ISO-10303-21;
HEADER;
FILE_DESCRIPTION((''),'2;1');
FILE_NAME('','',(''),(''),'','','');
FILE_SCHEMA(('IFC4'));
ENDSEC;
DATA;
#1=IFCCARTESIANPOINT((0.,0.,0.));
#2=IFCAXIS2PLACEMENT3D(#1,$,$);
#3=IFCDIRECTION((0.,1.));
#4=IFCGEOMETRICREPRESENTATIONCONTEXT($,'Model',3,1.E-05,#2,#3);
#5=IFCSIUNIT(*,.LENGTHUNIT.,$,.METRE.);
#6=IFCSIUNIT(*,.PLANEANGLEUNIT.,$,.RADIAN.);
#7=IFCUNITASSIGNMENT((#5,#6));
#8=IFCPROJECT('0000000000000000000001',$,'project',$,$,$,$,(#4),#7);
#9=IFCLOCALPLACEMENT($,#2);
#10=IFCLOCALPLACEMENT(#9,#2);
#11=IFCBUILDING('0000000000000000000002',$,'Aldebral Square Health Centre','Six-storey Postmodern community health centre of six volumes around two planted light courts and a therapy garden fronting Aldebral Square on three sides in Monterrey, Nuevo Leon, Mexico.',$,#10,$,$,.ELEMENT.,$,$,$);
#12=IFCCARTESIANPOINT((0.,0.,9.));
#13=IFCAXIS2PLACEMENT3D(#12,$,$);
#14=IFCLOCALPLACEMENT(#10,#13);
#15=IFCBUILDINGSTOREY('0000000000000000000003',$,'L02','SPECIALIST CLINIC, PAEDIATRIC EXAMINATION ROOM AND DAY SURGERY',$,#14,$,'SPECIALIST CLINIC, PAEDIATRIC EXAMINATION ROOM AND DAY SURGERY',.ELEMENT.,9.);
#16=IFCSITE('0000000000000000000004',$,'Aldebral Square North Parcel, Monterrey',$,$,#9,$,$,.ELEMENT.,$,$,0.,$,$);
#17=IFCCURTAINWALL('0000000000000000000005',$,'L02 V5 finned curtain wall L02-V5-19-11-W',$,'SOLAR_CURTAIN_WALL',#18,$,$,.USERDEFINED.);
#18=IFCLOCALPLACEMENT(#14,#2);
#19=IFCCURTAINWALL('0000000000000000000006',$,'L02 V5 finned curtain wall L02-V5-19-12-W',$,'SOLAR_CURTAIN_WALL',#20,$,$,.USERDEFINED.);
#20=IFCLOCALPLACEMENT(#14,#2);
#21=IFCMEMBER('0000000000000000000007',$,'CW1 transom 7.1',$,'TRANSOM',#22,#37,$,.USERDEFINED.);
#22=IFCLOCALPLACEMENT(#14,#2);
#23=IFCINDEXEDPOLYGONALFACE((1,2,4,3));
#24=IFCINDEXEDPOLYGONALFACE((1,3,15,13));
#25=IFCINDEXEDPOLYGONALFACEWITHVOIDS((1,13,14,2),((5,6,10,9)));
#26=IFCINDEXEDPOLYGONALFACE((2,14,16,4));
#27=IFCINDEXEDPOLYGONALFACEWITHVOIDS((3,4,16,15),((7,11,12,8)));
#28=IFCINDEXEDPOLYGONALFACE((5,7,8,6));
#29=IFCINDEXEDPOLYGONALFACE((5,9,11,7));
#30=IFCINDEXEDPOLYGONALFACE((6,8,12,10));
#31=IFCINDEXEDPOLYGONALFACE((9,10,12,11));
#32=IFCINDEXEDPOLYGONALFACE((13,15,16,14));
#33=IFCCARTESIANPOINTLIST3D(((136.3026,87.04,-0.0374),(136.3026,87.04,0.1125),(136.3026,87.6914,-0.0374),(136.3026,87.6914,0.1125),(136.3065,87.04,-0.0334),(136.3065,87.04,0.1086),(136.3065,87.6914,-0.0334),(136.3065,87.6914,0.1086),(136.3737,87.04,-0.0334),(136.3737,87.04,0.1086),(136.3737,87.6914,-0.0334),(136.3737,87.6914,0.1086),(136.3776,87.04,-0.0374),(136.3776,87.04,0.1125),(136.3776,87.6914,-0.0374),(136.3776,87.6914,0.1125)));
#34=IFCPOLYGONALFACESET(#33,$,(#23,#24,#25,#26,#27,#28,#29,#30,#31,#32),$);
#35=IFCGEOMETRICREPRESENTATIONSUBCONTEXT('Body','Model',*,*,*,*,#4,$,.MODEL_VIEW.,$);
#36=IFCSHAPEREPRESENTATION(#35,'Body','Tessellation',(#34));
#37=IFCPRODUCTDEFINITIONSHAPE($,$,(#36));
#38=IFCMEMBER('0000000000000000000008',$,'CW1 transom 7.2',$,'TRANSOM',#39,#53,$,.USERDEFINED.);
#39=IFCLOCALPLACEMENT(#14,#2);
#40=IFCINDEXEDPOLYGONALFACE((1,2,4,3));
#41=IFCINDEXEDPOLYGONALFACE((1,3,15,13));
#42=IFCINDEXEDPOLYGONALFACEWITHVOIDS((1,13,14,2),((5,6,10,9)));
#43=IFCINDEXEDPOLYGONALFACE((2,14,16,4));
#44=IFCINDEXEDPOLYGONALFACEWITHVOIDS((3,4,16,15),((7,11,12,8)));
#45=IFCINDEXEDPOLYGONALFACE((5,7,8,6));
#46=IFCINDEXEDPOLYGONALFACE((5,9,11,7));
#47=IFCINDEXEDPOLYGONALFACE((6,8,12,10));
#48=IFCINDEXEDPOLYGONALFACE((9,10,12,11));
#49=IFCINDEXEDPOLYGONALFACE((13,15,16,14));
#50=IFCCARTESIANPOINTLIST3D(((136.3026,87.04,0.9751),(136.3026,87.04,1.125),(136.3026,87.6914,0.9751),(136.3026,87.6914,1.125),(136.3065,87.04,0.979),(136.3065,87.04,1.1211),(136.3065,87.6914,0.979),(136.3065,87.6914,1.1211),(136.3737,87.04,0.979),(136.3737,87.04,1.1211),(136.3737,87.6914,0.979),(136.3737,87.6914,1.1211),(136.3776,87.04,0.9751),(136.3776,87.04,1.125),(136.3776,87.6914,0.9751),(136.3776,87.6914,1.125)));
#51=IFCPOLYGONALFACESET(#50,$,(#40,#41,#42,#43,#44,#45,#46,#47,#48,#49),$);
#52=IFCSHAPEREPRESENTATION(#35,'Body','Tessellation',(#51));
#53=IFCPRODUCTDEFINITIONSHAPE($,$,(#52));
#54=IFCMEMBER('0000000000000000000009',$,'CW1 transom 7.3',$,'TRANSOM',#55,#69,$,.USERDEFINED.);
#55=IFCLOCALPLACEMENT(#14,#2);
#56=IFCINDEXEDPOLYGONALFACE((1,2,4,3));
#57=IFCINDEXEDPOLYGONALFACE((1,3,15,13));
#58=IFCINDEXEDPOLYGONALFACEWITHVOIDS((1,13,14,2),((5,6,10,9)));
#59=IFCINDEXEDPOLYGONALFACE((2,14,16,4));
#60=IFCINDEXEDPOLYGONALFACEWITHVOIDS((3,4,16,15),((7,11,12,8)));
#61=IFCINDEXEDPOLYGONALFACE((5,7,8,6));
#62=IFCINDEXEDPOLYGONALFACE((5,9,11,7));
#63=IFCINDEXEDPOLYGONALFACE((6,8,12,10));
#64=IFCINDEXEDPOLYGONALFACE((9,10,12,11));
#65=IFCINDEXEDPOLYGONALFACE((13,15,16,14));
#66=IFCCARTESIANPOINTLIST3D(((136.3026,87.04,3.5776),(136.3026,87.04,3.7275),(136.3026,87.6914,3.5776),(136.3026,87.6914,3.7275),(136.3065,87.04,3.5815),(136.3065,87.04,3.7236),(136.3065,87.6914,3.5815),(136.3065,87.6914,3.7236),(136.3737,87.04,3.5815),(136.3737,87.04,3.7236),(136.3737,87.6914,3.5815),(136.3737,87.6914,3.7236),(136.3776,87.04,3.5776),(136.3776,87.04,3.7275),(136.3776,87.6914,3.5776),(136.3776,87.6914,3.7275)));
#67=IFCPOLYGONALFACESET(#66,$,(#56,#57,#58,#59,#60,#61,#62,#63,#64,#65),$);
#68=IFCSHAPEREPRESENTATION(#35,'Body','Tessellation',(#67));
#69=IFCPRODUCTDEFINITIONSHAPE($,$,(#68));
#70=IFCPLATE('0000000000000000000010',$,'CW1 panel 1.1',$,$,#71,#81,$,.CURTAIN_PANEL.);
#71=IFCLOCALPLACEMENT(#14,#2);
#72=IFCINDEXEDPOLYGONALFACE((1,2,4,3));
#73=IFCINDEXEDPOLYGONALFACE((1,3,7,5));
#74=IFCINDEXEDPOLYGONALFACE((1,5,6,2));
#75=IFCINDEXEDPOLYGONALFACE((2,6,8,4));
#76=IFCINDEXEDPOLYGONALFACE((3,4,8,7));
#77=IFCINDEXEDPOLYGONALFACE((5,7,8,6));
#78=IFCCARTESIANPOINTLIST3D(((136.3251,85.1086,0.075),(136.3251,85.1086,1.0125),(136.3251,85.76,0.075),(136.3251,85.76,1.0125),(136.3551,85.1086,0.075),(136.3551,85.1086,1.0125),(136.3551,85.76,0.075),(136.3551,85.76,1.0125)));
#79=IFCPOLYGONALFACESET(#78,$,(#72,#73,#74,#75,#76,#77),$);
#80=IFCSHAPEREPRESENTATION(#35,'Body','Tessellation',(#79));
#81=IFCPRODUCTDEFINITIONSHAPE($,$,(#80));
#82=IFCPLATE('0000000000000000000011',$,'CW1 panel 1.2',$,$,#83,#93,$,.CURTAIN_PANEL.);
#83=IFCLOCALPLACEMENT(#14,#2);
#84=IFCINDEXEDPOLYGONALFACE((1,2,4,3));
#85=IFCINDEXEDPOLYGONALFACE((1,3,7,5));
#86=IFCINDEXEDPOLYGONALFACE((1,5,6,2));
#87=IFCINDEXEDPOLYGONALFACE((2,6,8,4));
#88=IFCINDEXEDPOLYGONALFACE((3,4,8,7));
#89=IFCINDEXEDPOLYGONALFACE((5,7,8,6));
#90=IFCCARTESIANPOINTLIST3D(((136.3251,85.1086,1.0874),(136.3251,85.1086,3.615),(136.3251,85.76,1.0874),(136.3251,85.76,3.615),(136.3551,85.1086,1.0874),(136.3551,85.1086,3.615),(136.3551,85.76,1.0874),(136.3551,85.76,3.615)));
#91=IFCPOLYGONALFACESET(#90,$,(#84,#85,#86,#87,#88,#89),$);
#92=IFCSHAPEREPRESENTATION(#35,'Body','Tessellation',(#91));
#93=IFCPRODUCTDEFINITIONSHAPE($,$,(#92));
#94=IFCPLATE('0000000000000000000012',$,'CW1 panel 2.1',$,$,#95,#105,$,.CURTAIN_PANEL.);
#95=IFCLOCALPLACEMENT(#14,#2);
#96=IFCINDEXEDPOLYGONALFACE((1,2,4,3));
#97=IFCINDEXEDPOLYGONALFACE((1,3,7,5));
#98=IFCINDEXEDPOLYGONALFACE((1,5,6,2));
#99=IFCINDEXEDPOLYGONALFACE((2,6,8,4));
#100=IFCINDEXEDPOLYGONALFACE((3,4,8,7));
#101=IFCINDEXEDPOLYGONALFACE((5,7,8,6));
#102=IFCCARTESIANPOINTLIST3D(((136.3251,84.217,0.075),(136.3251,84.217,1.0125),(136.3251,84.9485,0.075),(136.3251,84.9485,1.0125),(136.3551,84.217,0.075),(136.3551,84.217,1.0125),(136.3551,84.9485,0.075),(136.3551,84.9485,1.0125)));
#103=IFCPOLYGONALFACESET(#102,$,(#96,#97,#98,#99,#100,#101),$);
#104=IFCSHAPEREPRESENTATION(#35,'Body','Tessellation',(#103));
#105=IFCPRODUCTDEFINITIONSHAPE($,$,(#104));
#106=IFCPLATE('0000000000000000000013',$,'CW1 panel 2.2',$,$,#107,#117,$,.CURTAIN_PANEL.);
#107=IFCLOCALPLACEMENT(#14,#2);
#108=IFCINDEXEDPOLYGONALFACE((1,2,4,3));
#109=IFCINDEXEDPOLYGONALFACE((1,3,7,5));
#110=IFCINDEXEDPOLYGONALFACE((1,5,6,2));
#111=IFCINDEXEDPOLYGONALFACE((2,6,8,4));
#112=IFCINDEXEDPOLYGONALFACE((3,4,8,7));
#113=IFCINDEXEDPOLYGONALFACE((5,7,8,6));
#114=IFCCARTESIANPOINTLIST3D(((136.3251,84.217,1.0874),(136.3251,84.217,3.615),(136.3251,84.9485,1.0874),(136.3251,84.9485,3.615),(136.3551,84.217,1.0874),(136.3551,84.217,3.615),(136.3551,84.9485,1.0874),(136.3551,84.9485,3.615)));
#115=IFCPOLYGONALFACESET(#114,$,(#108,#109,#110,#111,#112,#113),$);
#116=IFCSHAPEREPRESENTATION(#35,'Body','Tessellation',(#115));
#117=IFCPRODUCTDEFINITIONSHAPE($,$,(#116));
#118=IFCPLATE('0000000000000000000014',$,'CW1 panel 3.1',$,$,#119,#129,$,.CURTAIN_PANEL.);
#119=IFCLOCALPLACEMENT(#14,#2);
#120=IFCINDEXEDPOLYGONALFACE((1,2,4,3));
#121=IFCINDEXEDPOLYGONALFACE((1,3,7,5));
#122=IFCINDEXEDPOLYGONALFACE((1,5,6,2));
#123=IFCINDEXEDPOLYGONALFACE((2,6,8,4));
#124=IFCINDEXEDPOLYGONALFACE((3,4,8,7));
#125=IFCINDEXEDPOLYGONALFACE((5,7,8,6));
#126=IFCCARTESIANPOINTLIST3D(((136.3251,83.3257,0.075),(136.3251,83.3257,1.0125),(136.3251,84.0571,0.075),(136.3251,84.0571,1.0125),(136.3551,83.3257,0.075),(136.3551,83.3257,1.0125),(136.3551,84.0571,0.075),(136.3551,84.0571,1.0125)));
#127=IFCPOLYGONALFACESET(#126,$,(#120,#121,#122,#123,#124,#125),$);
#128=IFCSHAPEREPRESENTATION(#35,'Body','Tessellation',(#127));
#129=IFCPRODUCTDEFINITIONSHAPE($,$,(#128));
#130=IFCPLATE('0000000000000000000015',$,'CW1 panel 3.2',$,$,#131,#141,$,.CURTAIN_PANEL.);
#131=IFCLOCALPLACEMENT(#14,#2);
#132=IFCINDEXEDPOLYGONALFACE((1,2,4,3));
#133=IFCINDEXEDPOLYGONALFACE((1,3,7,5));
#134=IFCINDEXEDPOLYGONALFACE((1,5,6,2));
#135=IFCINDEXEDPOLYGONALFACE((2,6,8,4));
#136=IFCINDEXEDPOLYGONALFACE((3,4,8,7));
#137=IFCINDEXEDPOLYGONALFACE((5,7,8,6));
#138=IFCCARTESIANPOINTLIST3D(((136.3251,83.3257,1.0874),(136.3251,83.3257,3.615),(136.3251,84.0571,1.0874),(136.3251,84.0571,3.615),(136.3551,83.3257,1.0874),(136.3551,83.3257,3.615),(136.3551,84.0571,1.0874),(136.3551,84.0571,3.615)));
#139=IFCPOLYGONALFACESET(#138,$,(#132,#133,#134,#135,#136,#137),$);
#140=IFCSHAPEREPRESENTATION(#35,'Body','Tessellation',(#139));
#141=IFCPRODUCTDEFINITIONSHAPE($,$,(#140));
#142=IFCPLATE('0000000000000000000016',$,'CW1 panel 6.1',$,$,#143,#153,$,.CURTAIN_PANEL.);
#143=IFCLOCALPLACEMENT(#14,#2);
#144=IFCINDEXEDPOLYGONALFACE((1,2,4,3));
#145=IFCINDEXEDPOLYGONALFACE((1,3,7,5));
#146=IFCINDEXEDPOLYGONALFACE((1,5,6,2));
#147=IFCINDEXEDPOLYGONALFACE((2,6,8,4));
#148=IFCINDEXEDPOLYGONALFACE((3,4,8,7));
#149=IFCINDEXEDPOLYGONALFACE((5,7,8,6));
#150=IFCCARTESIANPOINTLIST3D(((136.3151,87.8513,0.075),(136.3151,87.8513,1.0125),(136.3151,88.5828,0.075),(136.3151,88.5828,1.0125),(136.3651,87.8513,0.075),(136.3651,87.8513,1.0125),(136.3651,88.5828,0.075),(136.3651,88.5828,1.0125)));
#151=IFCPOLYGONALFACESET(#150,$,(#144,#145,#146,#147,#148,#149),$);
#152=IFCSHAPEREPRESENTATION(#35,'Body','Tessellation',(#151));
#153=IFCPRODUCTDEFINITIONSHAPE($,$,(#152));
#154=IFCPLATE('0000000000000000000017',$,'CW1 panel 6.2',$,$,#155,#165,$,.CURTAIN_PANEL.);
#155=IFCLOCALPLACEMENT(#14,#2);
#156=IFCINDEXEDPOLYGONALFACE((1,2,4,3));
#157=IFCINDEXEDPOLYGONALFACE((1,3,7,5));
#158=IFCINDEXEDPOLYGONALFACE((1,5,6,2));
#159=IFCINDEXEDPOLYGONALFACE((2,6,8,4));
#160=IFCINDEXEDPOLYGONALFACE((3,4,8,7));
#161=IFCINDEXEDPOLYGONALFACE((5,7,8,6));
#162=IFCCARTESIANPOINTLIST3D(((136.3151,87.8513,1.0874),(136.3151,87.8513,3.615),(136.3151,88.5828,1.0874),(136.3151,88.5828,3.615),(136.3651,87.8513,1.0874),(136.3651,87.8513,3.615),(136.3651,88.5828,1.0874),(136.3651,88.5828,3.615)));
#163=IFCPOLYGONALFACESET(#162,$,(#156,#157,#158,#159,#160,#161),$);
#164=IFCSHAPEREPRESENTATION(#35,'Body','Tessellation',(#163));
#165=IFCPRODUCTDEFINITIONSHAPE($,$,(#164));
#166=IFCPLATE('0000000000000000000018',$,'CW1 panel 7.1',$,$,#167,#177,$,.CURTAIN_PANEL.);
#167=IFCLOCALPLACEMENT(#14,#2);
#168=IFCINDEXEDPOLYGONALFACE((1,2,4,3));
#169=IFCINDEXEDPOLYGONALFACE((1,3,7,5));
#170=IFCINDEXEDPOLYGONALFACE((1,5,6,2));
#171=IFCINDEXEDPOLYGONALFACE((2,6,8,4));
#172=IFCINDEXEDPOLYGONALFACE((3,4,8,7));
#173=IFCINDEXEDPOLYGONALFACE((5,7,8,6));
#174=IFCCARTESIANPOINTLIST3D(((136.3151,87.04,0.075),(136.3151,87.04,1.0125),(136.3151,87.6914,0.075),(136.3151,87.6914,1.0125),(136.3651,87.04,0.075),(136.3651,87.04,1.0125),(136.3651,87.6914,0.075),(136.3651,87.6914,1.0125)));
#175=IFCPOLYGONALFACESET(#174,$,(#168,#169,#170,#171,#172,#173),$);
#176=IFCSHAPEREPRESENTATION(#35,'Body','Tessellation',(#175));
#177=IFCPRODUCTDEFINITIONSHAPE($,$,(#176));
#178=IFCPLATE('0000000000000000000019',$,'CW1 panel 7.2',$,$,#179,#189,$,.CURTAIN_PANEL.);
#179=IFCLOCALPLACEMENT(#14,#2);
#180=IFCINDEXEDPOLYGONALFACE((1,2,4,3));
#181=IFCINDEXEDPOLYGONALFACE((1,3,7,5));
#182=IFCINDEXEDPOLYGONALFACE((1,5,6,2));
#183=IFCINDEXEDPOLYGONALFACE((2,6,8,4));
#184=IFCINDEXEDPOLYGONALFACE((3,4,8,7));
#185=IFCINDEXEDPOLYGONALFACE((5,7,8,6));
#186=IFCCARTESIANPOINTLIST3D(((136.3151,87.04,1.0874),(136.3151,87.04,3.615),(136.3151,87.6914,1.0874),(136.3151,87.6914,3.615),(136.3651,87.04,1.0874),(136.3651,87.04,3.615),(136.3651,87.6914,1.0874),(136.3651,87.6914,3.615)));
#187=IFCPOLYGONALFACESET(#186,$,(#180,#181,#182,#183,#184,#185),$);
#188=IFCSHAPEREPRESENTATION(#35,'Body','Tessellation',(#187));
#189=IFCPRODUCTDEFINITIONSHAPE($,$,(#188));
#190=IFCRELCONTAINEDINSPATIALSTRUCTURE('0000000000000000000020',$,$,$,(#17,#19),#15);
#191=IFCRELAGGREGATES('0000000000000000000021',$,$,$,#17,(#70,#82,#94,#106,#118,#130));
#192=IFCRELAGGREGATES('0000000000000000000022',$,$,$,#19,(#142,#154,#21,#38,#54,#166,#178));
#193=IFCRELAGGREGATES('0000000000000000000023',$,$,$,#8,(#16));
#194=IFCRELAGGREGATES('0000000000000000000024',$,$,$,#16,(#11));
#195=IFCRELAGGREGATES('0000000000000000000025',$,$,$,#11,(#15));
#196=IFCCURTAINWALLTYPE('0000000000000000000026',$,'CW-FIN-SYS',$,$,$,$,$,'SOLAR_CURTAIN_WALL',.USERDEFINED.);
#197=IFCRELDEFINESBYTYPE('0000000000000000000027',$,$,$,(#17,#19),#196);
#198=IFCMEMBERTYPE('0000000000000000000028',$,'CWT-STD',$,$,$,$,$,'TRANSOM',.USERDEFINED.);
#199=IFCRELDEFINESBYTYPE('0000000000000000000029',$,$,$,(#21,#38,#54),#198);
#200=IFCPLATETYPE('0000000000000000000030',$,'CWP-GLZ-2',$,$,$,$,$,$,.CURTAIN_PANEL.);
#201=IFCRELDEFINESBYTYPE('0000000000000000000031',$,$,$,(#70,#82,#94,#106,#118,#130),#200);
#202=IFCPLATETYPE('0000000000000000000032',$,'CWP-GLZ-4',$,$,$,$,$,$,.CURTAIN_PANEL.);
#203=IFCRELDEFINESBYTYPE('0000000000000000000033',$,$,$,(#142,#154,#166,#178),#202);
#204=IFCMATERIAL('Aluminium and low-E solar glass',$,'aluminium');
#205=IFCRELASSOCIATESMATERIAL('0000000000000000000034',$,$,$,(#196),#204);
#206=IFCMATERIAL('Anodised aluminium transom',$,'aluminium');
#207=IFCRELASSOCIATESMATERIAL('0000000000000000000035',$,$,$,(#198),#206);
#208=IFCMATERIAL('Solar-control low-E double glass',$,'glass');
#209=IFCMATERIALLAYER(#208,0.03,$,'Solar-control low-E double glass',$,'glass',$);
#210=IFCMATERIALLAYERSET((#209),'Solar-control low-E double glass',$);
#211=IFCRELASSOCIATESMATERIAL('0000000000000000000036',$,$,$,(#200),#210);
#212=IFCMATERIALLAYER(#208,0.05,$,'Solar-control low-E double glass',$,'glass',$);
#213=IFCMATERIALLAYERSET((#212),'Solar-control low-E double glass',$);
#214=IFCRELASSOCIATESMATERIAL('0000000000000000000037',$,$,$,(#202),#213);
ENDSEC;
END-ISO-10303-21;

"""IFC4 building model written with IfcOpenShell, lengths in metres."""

from ifc_helpers import new_model, si_unit, direction, frame, origin, origin_2d, place, context, subcontext, project, spatial, rectangle, hollow_rectangle, extrude, material, layer, layer_set, material_profile, profile_set, type_object, element, aggregate, save


model = new_model("IFC4")

# Units and contexts
model_context = context("Model", 3, precision=1e-05, world=origin(), true_north=direction((0.0, 1.0)))
body_context = subcontext(model_context, "Body", "Model", "MODEL_VIEW")
ifc_project = project(units=[si_unit("LENGTHUNIT", "METRE"), si_unit("PLANEANGLEUNIT", "RADIAN")], contexts=[model_context])

# Site, building, storey
site_placement = place(None, origin())
site = spatial("IfcSite", under=ifc_project, at=site_placement, Name="Aldebral Square North Parcel, Monterrey", CompositionType="ELEMENT", RefElevation=0.0)
building_placement = place(site_placement, origin())
building = spatial("IfcBuilding", under=site, at=building_placement, Name="Aldebral Square Health Centre", Description="Six-storey Postmodern community health centre of six volumes around two planted light courts and a therapy garden fronting Aldebral Square on three sides in Monterrey, Nuevo Leon, Mexico.", CompositionType="ELEMENT")
storey_placement = place(building_placement, frame((0.0, 0.0, 9.0)))
storey = spatial("IfcBuildingStorey", under=building, at=storey_placement, Name="L02", Description="SPECIALIST CLINIC, PAEDIATRIC EXAMINATION ROOM AND DAY SURGERY", LongName="SPECIALIST CLINIC, PAEDIATRIC EXAMINATION ROOM AND DAY SURGERY", CompositionType="ELEMENT", Elevation=9.0)

# Curtain walls
ifc_material_1 = material(Name="Aluminium and low-E solar glass", Category="aluminium")
curtain_wall_type = type_object("IfcCurtainWallType", Name="CW-FIN-SYS", ElementType="SOLAR_CURTAIN_WALL", PredefinedType="USERDEFINED", material=ifc_material_1)
curtain_wall_1_placement = place(storey_placement, origin())
curtain_wall_1 = element("IfcCurtainWall", 1, at=curtain_wall_1_placement, inside=storey, type_object=curtain_wall_type, Name="L02 V5 finned curtain wall L02-V5-19-11-W", ObjectType="SOLAR_CURTAIN_WALL", PredefinedType="USERDEFINED")
curtain_wall_2_placement = place(storey_placement, origin())
curtain_wall_2 = element("IfcCurtainWall", 2, at=curtain_wall_2_placement, inside=storey, type_object=curtain_wall_type, Name="L02 V5 finned curtain wall L02-V5-19-12-W", ObjectType="SOLAR_CURTAIN_WALL", PredefinedType="USERDEFINED")

# Members
ifc_material_2 = material(Name="Anodised aluminium transom", Category="aluminium")
ifc_material_profile_1 = material_profile(ifc_material_2, hollow_rectangle(XDim=0.075, YDim=0.1499, WallThickness=0.0039, at=origin_2d()), Name="CWT 75x150x4")
ifc_profile_set_1 = profile_set([ifc_material_profile_1], Name="Anodised aluminium transom")
member_type_1 = type_object("IfcMemberType", Name="CWT-STD", ElementType="TRANSOM", PredefinedType="USERDEFINED", material=ifc_profile_set_1)
member_1_placement = place(storey_placement, frame((136.3401, 87.6914, 0.0376), z_axis=(0.0, -1.0, 0.0), x_axis=(1.0, 0.0, 0.0)))
member_1 = element("IfcMember", 3, at=member_1_placement, type_object=member_type_1, Name="CW1 transom 7.1", ObjectType="TRANSOM", PredefinedType="USERDEFINED", context=body_context, shape_type="SweptSolid", body=[
    extrude(hollow_rectangle(XDim=0.075, YDim=0.1499, WallThickness=0.0039, at=origin_2d()), origin(), (0.0, 0.0, 1.0), 0.6514),
])
member_2_placement = place(storey_placement, frame((136.3401, 87.6914, 1.05), z_axis=(0.0, -1.0, 0.0), x_axis=(1.0, 0.0, 0.0)))
member_2 = element("IfcMember", 4, at=member_2_placement, type_object=member_type_1, Name="CW1 transom 7.2", ObjectType="TRANSOM", PredefinedType="USERDEFINED", context=body_context, shape_type="SweptSolid", body=[
    extrude(hollow_rectangle(XDim=0.075, YDim=0.1499, WallThickness=0.0039, at=origin_2d()), origin(), (0.0, 0.0, 1.0), 0.6514),
])
member_3_placement = place(storey_placement, frame((136.3401, 87.6914, 3.6526), z_axis=(0.0, -1.0, 0.0), x_axis=(1.0, 0.0, 0.0)))
member_3 = element("IfcMember", 5, at=member_3_placement, type_object=member_type_1, Name="CW1 transom 7.3", ObjectType="TRANSOM", PredefinedType="USERDEFINED", context=body_context, shape_type="SweptSolid", body=[
    extrude(hollow_rectangle(XDim=0.075, YDim=0.1499, WallThickness=0.0039, at=origin_2d()), origin(), (0.0, 0.0, 1.0), 0.6514),
])

# Plates
ifc_material_3 = material(Name="Solar-control low-E double glass", Category="glass")
ifc_layer_1 = layer(ifc_material_3, 0.03, Name="Solar-control low-E double glass", Category="glass")
ifc_layer_set_1 = layer_set([ifc_layer_1], Name="Solar-control low-E double glass")
plate_type_1 = type_object("IfcPlateType", Name="CWP-GLZ-2", PredefinedType="CURTAIN_PANEL", material=ifc_layer_set_1)
plate_1_placement = place(storey_placement, frame((136.3401, 85.4343, 0.075), z_axis=(0.0, 0.0, 1.0), x_axis=(0.0, -1.0, 0.0)))
plate_1 = element("IfcPlate", 6, at=plate_1_placement, type_object=plate_type_1, Name="CW1 panel 1.1", PredefinedType="CURTAIN_PANEL", context=body_context, shape_type="SweptSolid", body=[
    extrude(rectangle(XDim=0.6514, YDim=0.03, at=origin_2d()), origin(), (0.0, 0.0, 1.0), 0.9375),
])
plate_2_placement = place(storey_placement, frame((136.3401, 85.4343, 1.0874), z_axis=(0.0, 0.0, 1.0), x_axis=(0.0, -1.0, 0.0)))
plate_2 = element("IfcPlate", 7, at=plate_2_placement, type_object=plate_type_1, Name="CW1 panel 1.2", PredefinedType="CURTAIN_PANEL", context=body_context, shape_type="SweptSolid", body=[
    extrude(rectangle(XDim=0.6514, YDim=0.03, at=origin_2d()), origin(), (0.0, 0.0, 1.0), 2.5276),
])
plate_3_placement = place(storey_placement, frame((136.3401, 84.5828, 0.075), z_axis=(0.0, 0.0, 1.0), x_axis=(0.0, -1.0, 0.0)))
plate_3 = element("IfcPlate", 8, at=plate_3_placement, type_object=plate_type_1, Name="CW1 panel 2.1", PredefinedType="CURTAIN_PANEL", context=body_context, shape_type="SweptSolid", body=[
    extrude(rectangle(XDim=0.7314, YDim=0.03, at=origin_2d()), origin(), (0.0, 0.0, 1.0), 0.9375),
])
plate_4_placement = place(storey_placement, frame((136.3401, 84.5828, 1.0874), z_axis=(0.0, 0.0, 1.0), x_axis=(0.0, -1.0, 0.0)))
plate_4 = element("IfcPlate", 9, at=plate_4_placement, type_object=plate_type_1, Name="CW1 panel 2.2", PredefinedType="CURTAIN_PANEL", context=body_context, shape_type="SweptSolid", body=[
    extrude(rectangle(XDim=0.7314, YDim=0.03, at=origin_2d()), origin(), (0.0, 0.0, 1.0), 2.5276),
])
plate_5_placement = place(storey_placement, frame((136.3401, 83.6914, 0.075), z_axis=(0.0, 0.0, 1.0), x_axis=(0.0, -1.0, 0.0)))
plate_5 = element("IfcPlate", 10, at=plate_5_placement, type_object=plate_type_1, Name="CW1 panel 3.1", PredefinedType="CURTAIN_PANEL", context=body_context, shape_type="SweptSolid", body=[
    extrude(rectangle(XDim=0.7314, YDim=0.03, at=origin_2d()), origin(), (0.0, 0.0, 1.0), 0.9375),
])
plate_6_placement = place(storey_placement, frame((136.3401, 83.6914, 1.0874), z_axis=(0.0, 0.0, 1.0), x_axis=(0.0, -1.0, 0.0)))
plate_6 = element("IfcPlate", 11, at=plate_6_placement, type_object=plate_type_1, Name="CW1 panel 3.2", PredefinedType="CURTAIN_PANEL", context=body_context, shape_type="SweptSolid", body=[
    extrude(rectangle(XDim=0.7314, YDim=0.03, at=origin_2d()), origin(), (0.0, 0.0, 1.0), 2.5276),
])
aggregate(curtain_wall_1, [plate_1, plate_2, plate_3, plate_4, plate_5, plate_6])
ifc_layer_2 = layer(ifc_material_3, 0.05, Name="Solar-control low-E double glass", Category="glass")
ifc_layer_set_2 = layer_set([ifc_layer_2], Name="Solar-control low-E double glass")
plate_type_2 = type_object("IfcPlateType", Name="CWP-GLZ-4", PredefinedType="CURTAIN_PANEL", material=ifc_layer_set_2)
plate_7_placement = place(storey_placement, frame((136.3401, 88.217, 0.075), z_axis=(0.0, 0.0, 1.0), x_axis=(0.0, -1.0, 0.0)))
plate_7 = element("IfcPlate", 12, at=plate_7_placement, type_object=plate_type_2, Name="CW1 panel 6.1", PredefinedType="CURTAIN_PANEL", context=body_context, shape_type="SweptSolid", body=[
    extrude(rectangle(XDim=0.7314, YDim=0.05, at=origin_2d()), origin(), (0.0, 0.0, 1.0), 0.9375),
])
plate_8_placement = place(storey_placement, frame((136.3401, 88.217, 1.0874), z_axis=(0.0, 0.0, 1.0), x_axis=(0.0, -1.0, 0.0)))
plate_8 = element("IfcPlate", 13, at=plate_8_placement, type_object=plate_type_2, Name="CW1 panel 6.2", PredefinedType="CURTAIN_PANEL", context=body_context, shape_type="SweptSolid", body=[
    extrude(rectangle(XDim=0.7314, YDim=0.05, at=origin_2d()), origin(), (0.0, 0.0, 1.0), 2.5276),
])
plate_9_placement = place(storey_placement, frame((136.3401, 87.3657, 0.075), z_axis=(0.0, 0.0, 1.0), x_axis=(0.0, -1.0, 0.0)))
plate_9 = element("IfcPlate", 14, at=plate_9_placement, type_object=plate_type_2, Name="CW1 panel 7.1", PredefinedType="CURTAIN_PANEL", context=body_context, shape_type="SweptSolid", body=[
    extrude(rectangle(XDim=0.6514, YDim=0.05, at=origin_2d()), origin(), (0.0, 0.0, 1.0), 0.9375),
])
plate_10_placement = place(storey_placement, frame((136.3401, 87.3657, 1.0874), z_axis=(0.0, 0.0, 1.0), x_axis=(0.0, -1.0, 0.0)))
plate_10 = element("IfcPlate", 15, at=plate_10_placement, type_object=plate_type_2, Name="CW1 panel 7.2", PredefinedType="CURTAIN_PANEL", context=body_context, shape_type="SweptSolid", body=[
    extrude(rectangle(XDim=0.6514, YDim=0.05, at=origin_2d()), origin(), (0.0, 0.0, 1.0), 2.5276),
])
aggregate(curtain_wall_2, [plate_7, plate_8, member_1, member_2, member_3, plate_9, plate_10])

save(model, "model.ifc")
